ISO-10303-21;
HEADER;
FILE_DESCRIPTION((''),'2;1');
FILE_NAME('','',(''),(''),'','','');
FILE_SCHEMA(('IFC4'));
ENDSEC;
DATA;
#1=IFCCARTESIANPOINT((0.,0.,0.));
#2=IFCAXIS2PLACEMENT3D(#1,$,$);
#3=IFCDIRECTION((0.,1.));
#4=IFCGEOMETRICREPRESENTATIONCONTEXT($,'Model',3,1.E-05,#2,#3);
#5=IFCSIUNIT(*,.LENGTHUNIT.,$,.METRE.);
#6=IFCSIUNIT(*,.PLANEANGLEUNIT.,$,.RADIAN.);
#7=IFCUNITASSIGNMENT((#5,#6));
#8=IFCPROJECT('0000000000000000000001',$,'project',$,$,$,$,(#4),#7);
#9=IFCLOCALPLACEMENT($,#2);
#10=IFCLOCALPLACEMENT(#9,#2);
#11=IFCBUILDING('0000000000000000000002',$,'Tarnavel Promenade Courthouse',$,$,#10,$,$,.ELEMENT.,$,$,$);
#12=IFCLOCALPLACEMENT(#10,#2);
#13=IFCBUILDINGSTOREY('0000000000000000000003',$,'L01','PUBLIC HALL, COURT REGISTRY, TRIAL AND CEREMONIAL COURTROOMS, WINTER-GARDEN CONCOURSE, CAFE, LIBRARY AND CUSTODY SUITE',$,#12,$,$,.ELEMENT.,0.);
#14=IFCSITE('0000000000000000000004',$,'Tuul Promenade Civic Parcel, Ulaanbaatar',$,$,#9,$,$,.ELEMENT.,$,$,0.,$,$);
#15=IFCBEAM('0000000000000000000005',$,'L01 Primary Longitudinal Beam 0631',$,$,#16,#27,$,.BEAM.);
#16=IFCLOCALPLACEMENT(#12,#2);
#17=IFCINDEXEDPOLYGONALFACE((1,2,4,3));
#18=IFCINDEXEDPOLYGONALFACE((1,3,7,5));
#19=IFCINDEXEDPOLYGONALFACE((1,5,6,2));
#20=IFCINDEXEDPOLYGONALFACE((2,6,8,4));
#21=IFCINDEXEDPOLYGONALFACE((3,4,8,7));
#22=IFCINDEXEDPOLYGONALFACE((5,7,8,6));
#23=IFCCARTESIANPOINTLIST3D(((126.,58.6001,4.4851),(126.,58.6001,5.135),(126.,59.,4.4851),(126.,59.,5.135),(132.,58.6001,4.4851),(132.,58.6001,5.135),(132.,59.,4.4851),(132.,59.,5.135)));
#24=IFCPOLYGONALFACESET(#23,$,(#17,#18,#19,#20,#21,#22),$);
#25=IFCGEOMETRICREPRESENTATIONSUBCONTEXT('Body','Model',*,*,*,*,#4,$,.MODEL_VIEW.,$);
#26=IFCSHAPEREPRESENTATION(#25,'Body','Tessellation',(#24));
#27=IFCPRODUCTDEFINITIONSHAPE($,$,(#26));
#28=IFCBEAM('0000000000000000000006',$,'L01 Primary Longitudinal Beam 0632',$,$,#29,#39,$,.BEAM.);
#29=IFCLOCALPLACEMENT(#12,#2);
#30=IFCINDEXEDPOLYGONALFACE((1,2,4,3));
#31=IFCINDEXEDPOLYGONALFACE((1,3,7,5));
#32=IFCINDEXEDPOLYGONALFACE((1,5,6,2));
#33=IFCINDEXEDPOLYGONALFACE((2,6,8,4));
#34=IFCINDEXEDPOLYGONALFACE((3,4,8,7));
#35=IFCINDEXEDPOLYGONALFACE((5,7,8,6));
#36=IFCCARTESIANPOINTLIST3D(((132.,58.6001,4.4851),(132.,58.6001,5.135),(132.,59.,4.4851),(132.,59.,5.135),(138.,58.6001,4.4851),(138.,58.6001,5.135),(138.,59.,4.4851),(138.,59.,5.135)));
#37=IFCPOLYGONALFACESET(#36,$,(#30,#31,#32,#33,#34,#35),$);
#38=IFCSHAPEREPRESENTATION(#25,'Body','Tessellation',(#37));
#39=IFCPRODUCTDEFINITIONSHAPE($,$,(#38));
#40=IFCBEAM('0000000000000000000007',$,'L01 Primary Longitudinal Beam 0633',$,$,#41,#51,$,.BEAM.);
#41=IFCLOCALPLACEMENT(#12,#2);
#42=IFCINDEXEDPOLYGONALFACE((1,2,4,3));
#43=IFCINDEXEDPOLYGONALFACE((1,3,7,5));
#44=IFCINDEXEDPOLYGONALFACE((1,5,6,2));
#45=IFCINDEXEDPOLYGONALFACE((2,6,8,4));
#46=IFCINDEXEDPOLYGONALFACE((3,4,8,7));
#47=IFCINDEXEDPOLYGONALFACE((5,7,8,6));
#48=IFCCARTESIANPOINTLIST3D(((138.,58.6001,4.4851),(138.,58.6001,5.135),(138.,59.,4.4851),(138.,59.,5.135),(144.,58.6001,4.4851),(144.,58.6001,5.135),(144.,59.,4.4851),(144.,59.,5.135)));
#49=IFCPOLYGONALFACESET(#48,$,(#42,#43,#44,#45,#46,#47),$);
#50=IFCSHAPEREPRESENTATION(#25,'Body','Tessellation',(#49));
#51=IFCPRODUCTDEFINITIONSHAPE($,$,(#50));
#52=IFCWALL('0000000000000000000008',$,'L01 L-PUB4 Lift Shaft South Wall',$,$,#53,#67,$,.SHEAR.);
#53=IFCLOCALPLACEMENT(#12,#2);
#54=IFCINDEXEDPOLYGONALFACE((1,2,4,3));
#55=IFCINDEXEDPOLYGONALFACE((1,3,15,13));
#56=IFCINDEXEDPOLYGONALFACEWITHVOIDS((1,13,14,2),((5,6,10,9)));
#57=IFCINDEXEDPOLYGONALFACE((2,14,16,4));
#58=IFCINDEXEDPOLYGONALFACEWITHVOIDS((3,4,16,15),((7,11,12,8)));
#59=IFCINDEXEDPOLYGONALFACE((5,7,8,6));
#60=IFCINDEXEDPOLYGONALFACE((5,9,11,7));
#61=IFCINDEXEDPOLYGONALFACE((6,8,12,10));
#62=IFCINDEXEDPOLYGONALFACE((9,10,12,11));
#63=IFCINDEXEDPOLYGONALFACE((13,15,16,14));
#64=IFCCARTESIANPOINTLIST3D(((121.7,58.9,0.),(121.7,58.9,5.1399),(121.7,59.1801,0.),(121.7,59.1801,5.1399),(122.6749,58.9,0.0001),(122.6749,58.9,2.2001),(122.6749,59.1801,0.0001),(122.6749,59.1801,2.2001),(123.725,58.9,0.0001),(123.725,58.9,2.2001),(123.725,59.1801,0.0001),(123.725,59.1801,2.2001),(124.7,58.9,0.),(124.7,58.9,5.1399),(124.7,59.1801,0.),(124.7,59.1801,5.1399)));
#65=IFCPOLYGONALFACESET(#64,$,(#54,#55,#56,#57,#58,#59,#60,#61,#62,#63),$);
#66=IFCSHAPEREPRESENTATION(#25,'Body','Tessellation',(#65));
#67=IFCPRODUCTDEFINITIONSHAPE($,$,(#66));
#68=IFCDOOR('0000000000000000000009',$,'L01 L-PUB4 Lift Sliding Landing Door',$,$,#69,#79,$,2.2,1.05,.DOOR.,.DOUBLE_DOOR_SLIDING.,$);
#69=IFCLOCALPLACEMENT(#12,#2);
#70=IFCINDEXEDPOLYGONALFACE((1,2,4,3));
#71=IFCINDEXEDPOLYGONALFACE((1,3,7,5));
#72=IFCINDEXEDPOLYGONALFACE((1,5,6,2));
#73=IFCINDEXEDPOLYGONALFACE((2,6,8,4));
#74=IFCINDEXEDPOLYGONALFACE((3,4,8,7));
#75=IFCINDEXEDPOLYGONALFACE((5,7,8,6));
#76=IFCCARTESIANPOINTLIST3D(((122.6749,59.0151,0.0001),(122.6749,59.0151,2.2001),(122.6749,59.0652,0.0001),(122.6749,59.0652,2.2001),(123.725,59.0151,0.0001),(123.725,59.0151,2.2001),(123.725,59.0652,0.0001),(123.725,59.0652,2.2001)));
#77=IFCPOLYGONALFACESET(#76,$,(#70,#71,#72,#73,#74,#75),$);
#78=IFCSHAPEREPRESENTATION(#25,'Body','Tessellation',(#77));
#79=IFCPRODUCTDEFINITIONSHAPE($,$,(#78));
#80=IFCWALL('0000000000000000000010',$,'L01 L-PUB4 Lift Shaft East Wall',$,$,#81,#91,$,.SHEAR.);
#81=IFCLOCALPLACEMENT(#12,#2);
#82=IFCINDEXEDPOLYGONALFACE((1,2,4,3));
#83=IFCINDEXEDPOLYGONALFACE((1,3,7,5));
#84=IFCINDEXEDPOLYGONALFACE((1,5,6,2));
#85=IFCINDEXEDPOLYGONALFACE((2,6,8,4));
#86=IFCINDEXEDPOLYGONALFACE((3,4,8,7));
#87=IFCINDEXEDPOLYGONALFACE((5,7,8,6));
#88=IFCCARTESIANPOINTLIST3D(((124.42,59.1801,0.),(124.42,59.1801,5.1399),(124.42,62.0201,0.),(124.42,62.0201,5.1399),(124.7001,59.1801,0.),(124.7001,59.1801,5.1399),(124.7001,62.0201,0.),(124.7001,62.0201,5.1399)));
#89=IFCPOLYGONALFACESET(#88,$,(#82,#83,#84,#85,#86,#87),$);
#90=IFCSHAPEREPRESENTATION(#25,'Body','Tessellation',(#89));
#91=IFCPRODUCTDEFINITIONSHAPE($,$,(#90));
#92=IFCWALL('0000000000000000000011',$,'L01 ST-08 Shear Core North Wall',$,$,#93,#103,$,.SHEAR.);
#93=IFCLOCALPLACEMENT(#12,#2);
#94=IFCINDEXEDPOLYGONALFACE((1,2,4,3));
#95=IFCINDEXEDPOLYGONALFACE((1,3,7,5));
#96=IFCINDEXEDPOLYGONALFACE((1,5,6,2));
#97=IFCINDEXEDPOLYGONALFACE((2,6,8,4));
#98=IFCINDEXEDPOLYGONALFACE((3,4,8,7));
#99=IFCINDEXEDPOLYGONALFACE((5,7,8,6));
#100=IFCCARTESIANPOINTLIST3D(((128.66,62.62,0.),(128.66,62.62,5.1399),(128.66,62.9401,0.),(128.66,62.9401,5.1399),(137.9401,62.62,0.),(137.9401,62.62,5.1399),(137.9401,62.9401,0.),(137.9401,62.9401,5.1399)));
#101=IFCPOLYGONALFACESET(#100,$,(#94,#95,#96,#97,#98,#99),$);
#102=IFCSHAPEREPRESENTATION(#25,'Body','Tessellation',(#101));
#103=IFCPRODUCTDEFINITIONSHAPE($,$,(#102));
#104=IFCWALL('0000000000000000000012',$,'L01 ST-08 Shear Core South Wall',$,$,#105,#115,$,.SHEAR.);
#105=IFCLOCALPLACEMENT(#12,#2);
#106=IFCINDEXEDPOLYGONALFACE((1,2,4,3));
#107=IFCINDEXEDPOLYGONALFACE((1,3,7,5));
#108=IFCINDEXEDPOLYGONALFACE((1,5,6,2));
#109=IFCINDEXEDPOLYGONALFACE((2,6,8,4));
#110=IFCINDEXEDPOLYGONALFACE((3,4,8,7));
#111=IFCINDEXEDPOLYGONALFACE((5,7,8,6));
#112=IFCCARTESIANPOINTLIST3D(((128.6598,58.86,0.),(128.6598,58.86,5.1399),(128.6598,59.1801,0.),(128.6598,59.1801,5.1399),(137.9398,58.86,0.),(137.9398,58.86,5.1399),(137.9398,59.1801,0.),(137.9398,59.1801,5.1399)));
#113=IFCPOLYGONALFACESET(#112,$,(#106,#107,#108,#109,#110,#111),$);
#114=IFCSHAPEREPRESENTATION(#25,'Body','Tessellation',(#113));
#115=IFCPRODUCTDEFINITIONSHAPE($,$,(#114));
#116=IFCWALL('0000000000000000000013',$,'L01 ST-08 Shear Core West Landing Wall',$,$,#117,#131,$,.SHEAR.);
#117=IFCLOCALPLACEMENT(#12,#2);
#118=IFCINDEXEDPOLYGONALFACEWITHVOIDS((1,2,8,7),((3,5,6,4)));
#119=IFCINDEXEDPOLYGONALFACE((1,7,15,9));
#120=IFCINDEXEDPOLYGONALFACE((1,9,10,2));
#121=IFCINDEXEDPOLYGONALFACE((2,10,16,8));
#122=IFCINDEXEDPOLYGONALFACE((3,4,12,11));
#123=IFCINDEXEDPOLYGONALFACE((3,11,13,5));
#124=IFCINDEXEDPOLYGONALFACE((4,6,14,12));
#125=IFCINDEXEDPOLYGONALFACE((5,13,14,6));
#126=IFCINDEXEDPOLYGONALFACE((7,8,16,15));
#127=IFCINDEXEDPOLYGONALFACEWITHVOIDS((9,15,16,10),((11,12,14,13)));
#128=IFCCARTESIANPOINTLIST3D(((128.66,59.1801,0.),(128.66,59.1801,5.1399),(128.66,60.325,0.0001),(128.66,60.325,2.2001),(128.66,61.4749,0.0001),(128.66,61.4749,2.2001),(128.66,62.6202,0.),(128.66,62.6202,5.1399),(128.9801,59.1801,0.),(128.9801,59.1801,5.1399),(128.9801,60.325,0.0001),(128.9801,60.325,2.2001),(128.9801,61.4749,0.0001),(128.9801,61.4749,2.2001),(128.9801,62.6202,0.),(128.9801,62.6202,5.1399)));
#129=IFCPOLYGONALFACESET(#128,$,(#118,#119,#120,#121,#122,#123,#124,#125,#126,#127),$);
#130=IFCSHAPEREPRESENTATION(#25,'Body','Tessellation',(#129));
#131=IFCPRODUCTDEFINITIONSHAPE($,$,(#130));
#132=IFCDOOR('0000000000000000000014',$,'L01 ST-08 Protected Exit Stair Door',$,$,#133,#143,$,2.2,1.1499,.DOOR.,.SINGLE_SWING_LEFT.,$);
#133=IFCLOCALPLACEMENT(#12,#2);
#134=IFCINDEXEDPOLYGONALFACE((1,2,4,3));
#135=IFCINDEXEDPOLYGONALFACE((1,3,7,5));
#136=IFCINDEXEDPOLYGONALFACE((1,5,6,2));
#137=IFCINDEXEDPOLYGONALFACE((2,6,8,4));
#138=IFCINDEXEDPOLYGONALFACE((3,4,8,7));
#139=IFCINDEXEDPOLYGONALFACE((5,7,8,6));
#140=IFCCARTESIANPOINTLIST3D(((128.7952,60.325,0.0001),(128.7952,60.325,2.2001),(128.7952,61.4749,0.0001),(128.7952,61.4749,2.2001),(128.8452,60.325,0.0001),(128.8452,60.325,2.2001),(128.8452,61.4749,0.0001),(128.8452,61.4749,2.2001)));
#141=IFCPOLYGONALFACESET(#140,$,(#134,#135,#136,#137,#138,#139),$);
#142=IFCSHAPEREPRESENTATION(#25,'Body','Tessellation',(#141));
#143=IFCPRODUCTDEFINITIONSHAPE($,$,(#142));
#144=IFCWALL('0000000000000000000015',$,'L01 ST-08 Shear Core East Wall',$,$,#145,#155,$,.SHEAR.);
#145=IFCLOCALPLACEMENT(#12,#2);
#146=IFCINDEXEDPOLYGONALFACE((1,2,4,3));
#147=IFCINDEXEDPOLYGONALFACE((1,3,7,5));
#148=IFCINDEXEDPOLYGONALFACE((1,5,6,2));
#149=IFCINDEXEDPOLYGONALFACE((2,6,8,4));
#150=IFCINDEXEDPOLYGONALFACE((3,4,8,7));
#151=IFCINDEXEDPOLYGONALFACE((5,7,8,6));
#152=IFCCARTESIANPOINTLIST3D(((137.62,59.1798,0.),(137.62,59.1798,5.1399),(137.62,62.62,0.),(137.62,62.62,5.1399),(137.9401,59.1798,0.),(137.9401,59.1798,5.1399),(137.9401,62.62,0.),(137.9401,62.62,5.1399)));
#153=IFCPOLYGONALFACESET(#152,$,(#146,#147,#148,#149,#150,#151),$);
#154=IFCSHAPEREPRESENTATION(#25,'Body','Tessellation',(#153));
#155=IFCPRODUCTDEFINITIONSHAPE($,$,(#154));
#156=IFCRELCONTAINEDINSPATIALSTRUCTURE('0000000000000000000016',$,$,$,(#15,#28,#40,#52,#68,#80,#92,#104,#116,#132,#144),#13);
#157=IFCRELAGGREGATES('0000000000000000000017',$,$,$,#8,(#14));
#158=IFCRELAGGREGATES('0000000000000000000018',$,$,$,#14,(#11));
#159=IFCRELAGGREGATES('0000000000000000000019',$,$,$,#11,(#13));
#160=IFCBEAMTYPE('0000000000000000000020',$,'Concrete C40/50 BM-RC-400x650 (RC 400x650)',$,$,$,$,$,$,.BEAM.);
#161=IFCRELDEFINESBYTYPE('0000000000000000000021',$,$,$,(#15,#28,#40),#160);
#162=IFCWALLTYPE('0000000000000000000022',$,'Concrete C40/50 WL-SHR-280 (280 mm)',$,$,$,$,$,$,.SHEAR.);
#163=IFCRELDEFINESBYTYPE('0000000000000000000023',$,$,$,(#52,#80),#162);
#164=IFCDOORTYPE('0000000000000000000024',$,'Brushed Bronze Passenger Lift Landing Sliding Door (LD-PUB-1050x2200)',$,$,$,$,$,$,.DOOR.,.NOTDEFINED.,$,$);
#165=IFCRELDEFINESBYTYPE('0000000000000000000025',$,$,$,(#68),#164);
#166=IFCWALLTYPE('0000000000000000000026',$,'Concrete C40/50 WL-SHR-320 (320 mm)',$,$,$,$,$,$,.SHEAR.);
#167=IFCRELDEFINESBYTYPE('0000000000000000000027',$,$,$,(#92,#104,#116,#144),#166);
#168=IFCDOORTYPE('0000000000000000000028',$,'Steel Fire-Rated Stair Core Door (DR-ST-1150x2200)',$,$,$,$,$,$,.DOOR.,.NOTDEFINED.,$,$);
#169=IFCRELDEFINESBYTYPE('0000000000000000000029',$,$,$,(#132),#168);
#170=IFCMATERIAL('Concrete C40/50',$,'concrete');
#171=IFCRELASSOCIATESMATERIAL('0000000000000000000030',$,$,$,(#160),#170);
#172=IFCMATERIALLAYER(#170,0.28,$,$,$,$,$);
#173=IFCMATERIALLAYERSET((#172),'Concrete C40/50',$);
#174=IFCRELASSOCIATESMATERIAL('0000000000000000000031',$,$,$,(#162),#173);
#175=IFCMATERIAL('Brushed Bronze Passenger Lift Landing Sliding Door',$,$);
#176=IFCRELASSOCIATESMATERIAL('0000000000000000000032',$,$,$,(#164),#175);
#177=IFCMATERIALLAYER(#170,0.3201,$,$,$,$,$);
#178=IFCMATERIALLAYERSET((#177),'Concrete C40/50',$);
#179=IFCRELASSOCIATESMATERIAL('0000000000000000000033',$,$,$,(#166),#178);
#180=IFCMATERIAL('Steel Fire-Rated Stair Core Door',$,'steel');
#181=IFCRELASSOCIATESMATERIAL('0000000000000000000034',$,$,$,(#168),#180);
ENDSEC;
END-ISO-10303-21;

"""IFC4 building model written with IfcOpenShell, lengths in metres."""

from ifc_helpers import new_model, si_unit, direction, frame, frame_2d, origin, origin_2d, place, context, subcontext, project, spatial, rectangle, extrude, material, layer, layer_set, material_profile, profile_set, type_object, element, fill, save


model = new_model("IFC4")

# Units and contexts
model_context = context("Model", 3, precision=1e-05, world=origin(), true_north=direction((0.0, 1.0)))
body_context = subcontext(model_context, "Body", "Model", "MODEL_VIEW")
ifc_project = project(units=[si_unit("LENGTHUNIT", "METRE"), si_unit("PLANEANGLEUNIT", "RADIAN")], contexts=[model_context])

# Site, building, storey
site_placement = place(None, origin())
site = spatial("IfcSite", under=ifc_project, at=site_placement, Name="Tuul Promenade Civic Parcel, Ulaanbaatar", CompositionType="ELEMENT", RefElevation=0.0)
building_placement = place(site_placement, origin())
building = spatial("IfcBuilding", under=site, at=building_placement, Name="Tarnavel Promenade Courthouse", CompositionType="ELEMENT")
storey_placement = place(building_placement, origin())
storey = spatial("IfcBuildingStorey", under=building, at=storey_placement, Name="L01", Description="PUBLIC HALL, COURT REGISTRY, TRIAL AND CEREMONIAL COURTROOMS, WINTER-GARDEN CONCOURSE, CAFE, LIBRARY AND CUSTODY SUITE", CompositionType="ELEMENT", Elevation=0.0)

# Shared definitions
ifc_material_1 = material(Name="Concrete C40/50", Category="concrete")

# Beams
ifc_material_profile_1 = material_profile(ifc_material_1, rectangle(XDim=0.3999, YDim=0.6499, at=origin_2d()), Name="RC 400x650")
ifc_profile_set_1 = profile_set([ifc_material_profile_1], Name="Concrete C40/50")
beam_type_1 = type_object("IfcBeamType", Name="Concrete C40/50 BM-RC-400x650 (RC 400x650)", PredefinedType="BEAM", material=ifc_profile_set_1)
for number, where, z_axis, x_axis, name in (
    (1, (126.0, 58.8, 4.8101), (1.0, 0.0, 0.0), (0.0, 1.0, 0.0), "L01 Primary Longitudinal Beam 0631"),
    (2, (132.0, 58.8, 4.8101), (1.0, 0.0, 0.0), (0.0, 1.0, 0.0), "L01 Primary Longitudinal Beam 0632"),
    (3, (138.0, 58.8, 4.8101), (1.0, 0.0, 0.0), (0.0, 1.0, 0.0), "L01 Primary Longitudinal Beam 0633"),
):
    element("IfcBeam", number, at=place(storey_placement, frame(where, z_axis=z_axis, x_axis=x_axis)), inside=storey, type_object=beam_type_1, Name=name, PredefinedType="BEAM", context=body_context, shape_type="SweptSolid", body=[
        extrude(rectangle(XDim=0.3999, YDim=0.6499, at=origin_2d()), origin(), (0.0, 0.0, 1.0), 6.0),
    ])

# Wall, opening, door
ifc_layer_1 = layer(ifc_material_1, 0.28)
ifc_layer_set_1 = layer_set([ifc_layer_1], Name="Concrete C40/50")
wall_type_1 = type_object("IfcWallType", Name="Concrete C40/50 WL-SHR-280 (280 mm)", PredefinedType="SHEAR", material=ifc_layer_set_1)
wall_1_placement = place(storey_placement, frame((124.7, 59.04, 0.0), z_axis=(0.0, 0.0, 1.0), x_axis=(-1.0, 0.0, 0.0)))
wall_1 = element("IfcWall", 4, at=wall_1_placement, inside=storey, type_object=wall_type_1, Name="L01 L-PUB4 Lift Shaft South Wall", PredefinedType="SHEAR", context=body_context, shape_type="SweptSolid", body=[
    extrude(rectangle(XDim=3.0, YDim=0.28, at=frame_2d((1.5, 0.0))), origin(), (0.0, 0.0, 1.0), 5.1399),
])
opening_1_placement = place(wall_1_placement, frame((0.9751, 0.0, 0.0)))
opening_1 = element("IfcOpeningElement", 5, at=opening_1_placement, cuts=wall_1, PredefinedType="OPENING", context=body_context, shape_type="SweptSolid", body=[
    extrude(rectangle(XDim=1.05, YDim=2.2, at=frame_2d((0.5249, 1.1001))), frame((0.0, 0.1499, 0.0), z_axis=(0.0, -1.0, 0.0), x_axis=(1.0, 0.0, 0.0)), (0.0, 0.0, 1.0), 0.3),
])
ifc_material_2 = material(Name="Brushed Bronze Passenger Lift Landing Sliding Door")
door_type_1 = type_object("IfcDoorType", Name="Brushed Bronze Passenger Lift Landing Sliding Door (LD-PUB-1050x2200)", OperationType="NOTDEFINED", PredefinedType="DOOR", material=ifc_material_2)
door_1_placement = place(opening_1_placement, origin())
door_1 = element("IfcDoor", 6, at=door_1_placement, inside=storey, type_object=door_type_1, Name="L01 L-PUB4 Lift Sliding Landing Door", OperationType="DOUBLE_DOOR_SLIDING", OverallHeight=2.2, OverallWidth=1.05, PredefinedType="DOOR", context=body_context, shape_type="SweptSolid", body=[
    extrude(rectangle(XDim=1.05, YDim=2.2, at=frame_2d((0.5249, 1.1001))), frame((0.0, 0.0249, 0.0), z_axis=(0.0, -1.0, 0.0), x_axis=(1.0, 0.0, 0.0)), (0.0, 0.0, 1.0), 0.05),
])
fill(opening_1, door_1)

# Walls
wall_2_placement = place(storey_placement, frame((124.5601, 62.02, 0.0), z_axis=(0.0, 0.0, 1.0), x_axis=(0.0, -1.0, 0.0)))
element("IfcWall", 7, at=wall_2_placement, inside=storey, type_object=wall_type_1, Name="L01 L-PUB4 Lift Shaft East Wall", PredefinedType="SHEAR", context=body_context, shape_type="SweptSolid", body=[
    extrude(rectangle(XDim=2.8401, YDim=0.28, at=frame_2d((1.4199, 0.0))), origin(), (0.0, 0.0, 1.0), 5.1399),
])
ifc_layer_2 = layer(ifc_material_1, 0.3201)
ifc_layer_set_2 = layer_set([ifc_layer_2], Name="Concrete C40/50")
wall_type_2 = type_object("IfcWallType", Name="Concrete C40/50 WL-SHR-320 (320 mm)", PredefinedType="SHEAR", material=ifc_layer_set_2)
for number, where, z_axis, x_axis, name in (
    (8, (128.6599, 62.78, 0.0), (0.0, 0.0, 1.0), (1.0, 0.0, 0.0), "L01 ST-08 Shear Core North Wall"),
    (9, (137.9399, 59.02, 0.0), (0.0, 0.0, 1.0), (-1.0, 0.0, 0.0), "L01 ST-08 Shear Core South Wall"),
):
    element("IfcWall", number, at=place(storey_placement, frame(where, z_axis=z_axis, x_axis=x_axis)), inside=storey, type_object=wall_type_2, Name=name, PredefinedType="SHEAR", context=body_context, shape_type="SweptSolid", body=[
        extrude(rectangle(XDim=9.28, YDim=0.3201, at=frame_2d((4.6401, 0.0))), origin(), (0.0, 0.0, 1.0), 5.1399),
    ])

# Wall, opening, door
wall_3_placement = place(storey_placement, frame((128.8201, 59.1799, 0.0), z_axis=(0.0, 0.0, 1.0), x_axis=(0.0, 1.0, 0.0)))
wall_3 = element("IfcWall", 10, at=wall_3_placement, inside=storey, type_object=wall_type_2, Name="L01 ST-08 Shear Core West Landing Wall", PredefinedType="SHEAR", context=body_context, shape_type="SweptSolid", body=[
    extrude(rectangle(XDim=3.4402, YDim=0.3201, at=frame_2d((1.7202, 0.0))), origin(), (0.0, 0.0, 1.0), 5.1399),
])
opening_2_placement = place(wall_3_placement, frame((1.145, 0.0, 0.0)))
opening_2 = element("IfcOpeningElement", 11, at=opening_2_placement, cuts=wall_3, PredefinedType="OPENING", context=body_context, shape_type="SweptSolid", body=[
    extrude(rectangle(XDim=1.1499, YDim=2.2, at=frame_2d((0.575, 1.1001))), frame((0.0, 0.1699, 0.0), z_axis=(0.0, -1.0, 0.0), x_axis=(1.0, 0.0, 0.0)), (0.0, 0.0, 1.0), 0.3401),
])
ifc_material_3 = material(Name="Steel Fire-Rated Stair Core Door", Category="steel")
door_type_2 = type_object("IfcDoorType", Name="Steel Fire-Rated Stair Core Door (DR-ST-1150x2200)", OperationType="NOTDEFINED", PredefinedType="DOOR", material=ifc_material_3)
door_2_placement = place(opening_2_placement, origin())
door_2 = element("IfcDoor", 12, at=door_2_placement, inside=storey, type_object=door_type_2, Name="L01 ST-08 Protected Exit Stair Door", OperationType="SINGLE_SWING_LEFT", OverallHeight=2.2, OverallWidth=1.1499, PredefinedType="DOOR", context=body_context, shape_type="SweptSolid", body=[
    extrude(rectangle(XDim=1.1499, YDim=2.2, at=frame_2d((0.575, 1.1001))), frame((0.0, 0.0249, 0.0), z_axis=(0.0, -1.0, 0.0), x_axis=(1.0, 0.0, 0.0)), (0.0, 0.0, 1.0), 0.05),
])
fill(opening_2, door_2)

# Wall
wall_4_placement = place(storey_placement, frame((137.78, 62.6201, 0.0), z_axis=(0.0, 0.0, 1.0), x_axis=(0.0, -1.0, 0.0)))
element("IfcWall", 13, at=wall_4_placement, inside=storey, type_object=wall_type_2, Name="L01 ST-08 Shear Core East Wall", PredefinedType="SHEAR", context=body_context, shape_type="SweptSolid", body=[
    extrude(rectangle(XDim=3.4402, YDim=0.3201, at=frame_2d((1.7202, 0.0))), origin(), (0.0, 0.0, 1.0), 5.1399),
])

save(model, "model.ifc")
